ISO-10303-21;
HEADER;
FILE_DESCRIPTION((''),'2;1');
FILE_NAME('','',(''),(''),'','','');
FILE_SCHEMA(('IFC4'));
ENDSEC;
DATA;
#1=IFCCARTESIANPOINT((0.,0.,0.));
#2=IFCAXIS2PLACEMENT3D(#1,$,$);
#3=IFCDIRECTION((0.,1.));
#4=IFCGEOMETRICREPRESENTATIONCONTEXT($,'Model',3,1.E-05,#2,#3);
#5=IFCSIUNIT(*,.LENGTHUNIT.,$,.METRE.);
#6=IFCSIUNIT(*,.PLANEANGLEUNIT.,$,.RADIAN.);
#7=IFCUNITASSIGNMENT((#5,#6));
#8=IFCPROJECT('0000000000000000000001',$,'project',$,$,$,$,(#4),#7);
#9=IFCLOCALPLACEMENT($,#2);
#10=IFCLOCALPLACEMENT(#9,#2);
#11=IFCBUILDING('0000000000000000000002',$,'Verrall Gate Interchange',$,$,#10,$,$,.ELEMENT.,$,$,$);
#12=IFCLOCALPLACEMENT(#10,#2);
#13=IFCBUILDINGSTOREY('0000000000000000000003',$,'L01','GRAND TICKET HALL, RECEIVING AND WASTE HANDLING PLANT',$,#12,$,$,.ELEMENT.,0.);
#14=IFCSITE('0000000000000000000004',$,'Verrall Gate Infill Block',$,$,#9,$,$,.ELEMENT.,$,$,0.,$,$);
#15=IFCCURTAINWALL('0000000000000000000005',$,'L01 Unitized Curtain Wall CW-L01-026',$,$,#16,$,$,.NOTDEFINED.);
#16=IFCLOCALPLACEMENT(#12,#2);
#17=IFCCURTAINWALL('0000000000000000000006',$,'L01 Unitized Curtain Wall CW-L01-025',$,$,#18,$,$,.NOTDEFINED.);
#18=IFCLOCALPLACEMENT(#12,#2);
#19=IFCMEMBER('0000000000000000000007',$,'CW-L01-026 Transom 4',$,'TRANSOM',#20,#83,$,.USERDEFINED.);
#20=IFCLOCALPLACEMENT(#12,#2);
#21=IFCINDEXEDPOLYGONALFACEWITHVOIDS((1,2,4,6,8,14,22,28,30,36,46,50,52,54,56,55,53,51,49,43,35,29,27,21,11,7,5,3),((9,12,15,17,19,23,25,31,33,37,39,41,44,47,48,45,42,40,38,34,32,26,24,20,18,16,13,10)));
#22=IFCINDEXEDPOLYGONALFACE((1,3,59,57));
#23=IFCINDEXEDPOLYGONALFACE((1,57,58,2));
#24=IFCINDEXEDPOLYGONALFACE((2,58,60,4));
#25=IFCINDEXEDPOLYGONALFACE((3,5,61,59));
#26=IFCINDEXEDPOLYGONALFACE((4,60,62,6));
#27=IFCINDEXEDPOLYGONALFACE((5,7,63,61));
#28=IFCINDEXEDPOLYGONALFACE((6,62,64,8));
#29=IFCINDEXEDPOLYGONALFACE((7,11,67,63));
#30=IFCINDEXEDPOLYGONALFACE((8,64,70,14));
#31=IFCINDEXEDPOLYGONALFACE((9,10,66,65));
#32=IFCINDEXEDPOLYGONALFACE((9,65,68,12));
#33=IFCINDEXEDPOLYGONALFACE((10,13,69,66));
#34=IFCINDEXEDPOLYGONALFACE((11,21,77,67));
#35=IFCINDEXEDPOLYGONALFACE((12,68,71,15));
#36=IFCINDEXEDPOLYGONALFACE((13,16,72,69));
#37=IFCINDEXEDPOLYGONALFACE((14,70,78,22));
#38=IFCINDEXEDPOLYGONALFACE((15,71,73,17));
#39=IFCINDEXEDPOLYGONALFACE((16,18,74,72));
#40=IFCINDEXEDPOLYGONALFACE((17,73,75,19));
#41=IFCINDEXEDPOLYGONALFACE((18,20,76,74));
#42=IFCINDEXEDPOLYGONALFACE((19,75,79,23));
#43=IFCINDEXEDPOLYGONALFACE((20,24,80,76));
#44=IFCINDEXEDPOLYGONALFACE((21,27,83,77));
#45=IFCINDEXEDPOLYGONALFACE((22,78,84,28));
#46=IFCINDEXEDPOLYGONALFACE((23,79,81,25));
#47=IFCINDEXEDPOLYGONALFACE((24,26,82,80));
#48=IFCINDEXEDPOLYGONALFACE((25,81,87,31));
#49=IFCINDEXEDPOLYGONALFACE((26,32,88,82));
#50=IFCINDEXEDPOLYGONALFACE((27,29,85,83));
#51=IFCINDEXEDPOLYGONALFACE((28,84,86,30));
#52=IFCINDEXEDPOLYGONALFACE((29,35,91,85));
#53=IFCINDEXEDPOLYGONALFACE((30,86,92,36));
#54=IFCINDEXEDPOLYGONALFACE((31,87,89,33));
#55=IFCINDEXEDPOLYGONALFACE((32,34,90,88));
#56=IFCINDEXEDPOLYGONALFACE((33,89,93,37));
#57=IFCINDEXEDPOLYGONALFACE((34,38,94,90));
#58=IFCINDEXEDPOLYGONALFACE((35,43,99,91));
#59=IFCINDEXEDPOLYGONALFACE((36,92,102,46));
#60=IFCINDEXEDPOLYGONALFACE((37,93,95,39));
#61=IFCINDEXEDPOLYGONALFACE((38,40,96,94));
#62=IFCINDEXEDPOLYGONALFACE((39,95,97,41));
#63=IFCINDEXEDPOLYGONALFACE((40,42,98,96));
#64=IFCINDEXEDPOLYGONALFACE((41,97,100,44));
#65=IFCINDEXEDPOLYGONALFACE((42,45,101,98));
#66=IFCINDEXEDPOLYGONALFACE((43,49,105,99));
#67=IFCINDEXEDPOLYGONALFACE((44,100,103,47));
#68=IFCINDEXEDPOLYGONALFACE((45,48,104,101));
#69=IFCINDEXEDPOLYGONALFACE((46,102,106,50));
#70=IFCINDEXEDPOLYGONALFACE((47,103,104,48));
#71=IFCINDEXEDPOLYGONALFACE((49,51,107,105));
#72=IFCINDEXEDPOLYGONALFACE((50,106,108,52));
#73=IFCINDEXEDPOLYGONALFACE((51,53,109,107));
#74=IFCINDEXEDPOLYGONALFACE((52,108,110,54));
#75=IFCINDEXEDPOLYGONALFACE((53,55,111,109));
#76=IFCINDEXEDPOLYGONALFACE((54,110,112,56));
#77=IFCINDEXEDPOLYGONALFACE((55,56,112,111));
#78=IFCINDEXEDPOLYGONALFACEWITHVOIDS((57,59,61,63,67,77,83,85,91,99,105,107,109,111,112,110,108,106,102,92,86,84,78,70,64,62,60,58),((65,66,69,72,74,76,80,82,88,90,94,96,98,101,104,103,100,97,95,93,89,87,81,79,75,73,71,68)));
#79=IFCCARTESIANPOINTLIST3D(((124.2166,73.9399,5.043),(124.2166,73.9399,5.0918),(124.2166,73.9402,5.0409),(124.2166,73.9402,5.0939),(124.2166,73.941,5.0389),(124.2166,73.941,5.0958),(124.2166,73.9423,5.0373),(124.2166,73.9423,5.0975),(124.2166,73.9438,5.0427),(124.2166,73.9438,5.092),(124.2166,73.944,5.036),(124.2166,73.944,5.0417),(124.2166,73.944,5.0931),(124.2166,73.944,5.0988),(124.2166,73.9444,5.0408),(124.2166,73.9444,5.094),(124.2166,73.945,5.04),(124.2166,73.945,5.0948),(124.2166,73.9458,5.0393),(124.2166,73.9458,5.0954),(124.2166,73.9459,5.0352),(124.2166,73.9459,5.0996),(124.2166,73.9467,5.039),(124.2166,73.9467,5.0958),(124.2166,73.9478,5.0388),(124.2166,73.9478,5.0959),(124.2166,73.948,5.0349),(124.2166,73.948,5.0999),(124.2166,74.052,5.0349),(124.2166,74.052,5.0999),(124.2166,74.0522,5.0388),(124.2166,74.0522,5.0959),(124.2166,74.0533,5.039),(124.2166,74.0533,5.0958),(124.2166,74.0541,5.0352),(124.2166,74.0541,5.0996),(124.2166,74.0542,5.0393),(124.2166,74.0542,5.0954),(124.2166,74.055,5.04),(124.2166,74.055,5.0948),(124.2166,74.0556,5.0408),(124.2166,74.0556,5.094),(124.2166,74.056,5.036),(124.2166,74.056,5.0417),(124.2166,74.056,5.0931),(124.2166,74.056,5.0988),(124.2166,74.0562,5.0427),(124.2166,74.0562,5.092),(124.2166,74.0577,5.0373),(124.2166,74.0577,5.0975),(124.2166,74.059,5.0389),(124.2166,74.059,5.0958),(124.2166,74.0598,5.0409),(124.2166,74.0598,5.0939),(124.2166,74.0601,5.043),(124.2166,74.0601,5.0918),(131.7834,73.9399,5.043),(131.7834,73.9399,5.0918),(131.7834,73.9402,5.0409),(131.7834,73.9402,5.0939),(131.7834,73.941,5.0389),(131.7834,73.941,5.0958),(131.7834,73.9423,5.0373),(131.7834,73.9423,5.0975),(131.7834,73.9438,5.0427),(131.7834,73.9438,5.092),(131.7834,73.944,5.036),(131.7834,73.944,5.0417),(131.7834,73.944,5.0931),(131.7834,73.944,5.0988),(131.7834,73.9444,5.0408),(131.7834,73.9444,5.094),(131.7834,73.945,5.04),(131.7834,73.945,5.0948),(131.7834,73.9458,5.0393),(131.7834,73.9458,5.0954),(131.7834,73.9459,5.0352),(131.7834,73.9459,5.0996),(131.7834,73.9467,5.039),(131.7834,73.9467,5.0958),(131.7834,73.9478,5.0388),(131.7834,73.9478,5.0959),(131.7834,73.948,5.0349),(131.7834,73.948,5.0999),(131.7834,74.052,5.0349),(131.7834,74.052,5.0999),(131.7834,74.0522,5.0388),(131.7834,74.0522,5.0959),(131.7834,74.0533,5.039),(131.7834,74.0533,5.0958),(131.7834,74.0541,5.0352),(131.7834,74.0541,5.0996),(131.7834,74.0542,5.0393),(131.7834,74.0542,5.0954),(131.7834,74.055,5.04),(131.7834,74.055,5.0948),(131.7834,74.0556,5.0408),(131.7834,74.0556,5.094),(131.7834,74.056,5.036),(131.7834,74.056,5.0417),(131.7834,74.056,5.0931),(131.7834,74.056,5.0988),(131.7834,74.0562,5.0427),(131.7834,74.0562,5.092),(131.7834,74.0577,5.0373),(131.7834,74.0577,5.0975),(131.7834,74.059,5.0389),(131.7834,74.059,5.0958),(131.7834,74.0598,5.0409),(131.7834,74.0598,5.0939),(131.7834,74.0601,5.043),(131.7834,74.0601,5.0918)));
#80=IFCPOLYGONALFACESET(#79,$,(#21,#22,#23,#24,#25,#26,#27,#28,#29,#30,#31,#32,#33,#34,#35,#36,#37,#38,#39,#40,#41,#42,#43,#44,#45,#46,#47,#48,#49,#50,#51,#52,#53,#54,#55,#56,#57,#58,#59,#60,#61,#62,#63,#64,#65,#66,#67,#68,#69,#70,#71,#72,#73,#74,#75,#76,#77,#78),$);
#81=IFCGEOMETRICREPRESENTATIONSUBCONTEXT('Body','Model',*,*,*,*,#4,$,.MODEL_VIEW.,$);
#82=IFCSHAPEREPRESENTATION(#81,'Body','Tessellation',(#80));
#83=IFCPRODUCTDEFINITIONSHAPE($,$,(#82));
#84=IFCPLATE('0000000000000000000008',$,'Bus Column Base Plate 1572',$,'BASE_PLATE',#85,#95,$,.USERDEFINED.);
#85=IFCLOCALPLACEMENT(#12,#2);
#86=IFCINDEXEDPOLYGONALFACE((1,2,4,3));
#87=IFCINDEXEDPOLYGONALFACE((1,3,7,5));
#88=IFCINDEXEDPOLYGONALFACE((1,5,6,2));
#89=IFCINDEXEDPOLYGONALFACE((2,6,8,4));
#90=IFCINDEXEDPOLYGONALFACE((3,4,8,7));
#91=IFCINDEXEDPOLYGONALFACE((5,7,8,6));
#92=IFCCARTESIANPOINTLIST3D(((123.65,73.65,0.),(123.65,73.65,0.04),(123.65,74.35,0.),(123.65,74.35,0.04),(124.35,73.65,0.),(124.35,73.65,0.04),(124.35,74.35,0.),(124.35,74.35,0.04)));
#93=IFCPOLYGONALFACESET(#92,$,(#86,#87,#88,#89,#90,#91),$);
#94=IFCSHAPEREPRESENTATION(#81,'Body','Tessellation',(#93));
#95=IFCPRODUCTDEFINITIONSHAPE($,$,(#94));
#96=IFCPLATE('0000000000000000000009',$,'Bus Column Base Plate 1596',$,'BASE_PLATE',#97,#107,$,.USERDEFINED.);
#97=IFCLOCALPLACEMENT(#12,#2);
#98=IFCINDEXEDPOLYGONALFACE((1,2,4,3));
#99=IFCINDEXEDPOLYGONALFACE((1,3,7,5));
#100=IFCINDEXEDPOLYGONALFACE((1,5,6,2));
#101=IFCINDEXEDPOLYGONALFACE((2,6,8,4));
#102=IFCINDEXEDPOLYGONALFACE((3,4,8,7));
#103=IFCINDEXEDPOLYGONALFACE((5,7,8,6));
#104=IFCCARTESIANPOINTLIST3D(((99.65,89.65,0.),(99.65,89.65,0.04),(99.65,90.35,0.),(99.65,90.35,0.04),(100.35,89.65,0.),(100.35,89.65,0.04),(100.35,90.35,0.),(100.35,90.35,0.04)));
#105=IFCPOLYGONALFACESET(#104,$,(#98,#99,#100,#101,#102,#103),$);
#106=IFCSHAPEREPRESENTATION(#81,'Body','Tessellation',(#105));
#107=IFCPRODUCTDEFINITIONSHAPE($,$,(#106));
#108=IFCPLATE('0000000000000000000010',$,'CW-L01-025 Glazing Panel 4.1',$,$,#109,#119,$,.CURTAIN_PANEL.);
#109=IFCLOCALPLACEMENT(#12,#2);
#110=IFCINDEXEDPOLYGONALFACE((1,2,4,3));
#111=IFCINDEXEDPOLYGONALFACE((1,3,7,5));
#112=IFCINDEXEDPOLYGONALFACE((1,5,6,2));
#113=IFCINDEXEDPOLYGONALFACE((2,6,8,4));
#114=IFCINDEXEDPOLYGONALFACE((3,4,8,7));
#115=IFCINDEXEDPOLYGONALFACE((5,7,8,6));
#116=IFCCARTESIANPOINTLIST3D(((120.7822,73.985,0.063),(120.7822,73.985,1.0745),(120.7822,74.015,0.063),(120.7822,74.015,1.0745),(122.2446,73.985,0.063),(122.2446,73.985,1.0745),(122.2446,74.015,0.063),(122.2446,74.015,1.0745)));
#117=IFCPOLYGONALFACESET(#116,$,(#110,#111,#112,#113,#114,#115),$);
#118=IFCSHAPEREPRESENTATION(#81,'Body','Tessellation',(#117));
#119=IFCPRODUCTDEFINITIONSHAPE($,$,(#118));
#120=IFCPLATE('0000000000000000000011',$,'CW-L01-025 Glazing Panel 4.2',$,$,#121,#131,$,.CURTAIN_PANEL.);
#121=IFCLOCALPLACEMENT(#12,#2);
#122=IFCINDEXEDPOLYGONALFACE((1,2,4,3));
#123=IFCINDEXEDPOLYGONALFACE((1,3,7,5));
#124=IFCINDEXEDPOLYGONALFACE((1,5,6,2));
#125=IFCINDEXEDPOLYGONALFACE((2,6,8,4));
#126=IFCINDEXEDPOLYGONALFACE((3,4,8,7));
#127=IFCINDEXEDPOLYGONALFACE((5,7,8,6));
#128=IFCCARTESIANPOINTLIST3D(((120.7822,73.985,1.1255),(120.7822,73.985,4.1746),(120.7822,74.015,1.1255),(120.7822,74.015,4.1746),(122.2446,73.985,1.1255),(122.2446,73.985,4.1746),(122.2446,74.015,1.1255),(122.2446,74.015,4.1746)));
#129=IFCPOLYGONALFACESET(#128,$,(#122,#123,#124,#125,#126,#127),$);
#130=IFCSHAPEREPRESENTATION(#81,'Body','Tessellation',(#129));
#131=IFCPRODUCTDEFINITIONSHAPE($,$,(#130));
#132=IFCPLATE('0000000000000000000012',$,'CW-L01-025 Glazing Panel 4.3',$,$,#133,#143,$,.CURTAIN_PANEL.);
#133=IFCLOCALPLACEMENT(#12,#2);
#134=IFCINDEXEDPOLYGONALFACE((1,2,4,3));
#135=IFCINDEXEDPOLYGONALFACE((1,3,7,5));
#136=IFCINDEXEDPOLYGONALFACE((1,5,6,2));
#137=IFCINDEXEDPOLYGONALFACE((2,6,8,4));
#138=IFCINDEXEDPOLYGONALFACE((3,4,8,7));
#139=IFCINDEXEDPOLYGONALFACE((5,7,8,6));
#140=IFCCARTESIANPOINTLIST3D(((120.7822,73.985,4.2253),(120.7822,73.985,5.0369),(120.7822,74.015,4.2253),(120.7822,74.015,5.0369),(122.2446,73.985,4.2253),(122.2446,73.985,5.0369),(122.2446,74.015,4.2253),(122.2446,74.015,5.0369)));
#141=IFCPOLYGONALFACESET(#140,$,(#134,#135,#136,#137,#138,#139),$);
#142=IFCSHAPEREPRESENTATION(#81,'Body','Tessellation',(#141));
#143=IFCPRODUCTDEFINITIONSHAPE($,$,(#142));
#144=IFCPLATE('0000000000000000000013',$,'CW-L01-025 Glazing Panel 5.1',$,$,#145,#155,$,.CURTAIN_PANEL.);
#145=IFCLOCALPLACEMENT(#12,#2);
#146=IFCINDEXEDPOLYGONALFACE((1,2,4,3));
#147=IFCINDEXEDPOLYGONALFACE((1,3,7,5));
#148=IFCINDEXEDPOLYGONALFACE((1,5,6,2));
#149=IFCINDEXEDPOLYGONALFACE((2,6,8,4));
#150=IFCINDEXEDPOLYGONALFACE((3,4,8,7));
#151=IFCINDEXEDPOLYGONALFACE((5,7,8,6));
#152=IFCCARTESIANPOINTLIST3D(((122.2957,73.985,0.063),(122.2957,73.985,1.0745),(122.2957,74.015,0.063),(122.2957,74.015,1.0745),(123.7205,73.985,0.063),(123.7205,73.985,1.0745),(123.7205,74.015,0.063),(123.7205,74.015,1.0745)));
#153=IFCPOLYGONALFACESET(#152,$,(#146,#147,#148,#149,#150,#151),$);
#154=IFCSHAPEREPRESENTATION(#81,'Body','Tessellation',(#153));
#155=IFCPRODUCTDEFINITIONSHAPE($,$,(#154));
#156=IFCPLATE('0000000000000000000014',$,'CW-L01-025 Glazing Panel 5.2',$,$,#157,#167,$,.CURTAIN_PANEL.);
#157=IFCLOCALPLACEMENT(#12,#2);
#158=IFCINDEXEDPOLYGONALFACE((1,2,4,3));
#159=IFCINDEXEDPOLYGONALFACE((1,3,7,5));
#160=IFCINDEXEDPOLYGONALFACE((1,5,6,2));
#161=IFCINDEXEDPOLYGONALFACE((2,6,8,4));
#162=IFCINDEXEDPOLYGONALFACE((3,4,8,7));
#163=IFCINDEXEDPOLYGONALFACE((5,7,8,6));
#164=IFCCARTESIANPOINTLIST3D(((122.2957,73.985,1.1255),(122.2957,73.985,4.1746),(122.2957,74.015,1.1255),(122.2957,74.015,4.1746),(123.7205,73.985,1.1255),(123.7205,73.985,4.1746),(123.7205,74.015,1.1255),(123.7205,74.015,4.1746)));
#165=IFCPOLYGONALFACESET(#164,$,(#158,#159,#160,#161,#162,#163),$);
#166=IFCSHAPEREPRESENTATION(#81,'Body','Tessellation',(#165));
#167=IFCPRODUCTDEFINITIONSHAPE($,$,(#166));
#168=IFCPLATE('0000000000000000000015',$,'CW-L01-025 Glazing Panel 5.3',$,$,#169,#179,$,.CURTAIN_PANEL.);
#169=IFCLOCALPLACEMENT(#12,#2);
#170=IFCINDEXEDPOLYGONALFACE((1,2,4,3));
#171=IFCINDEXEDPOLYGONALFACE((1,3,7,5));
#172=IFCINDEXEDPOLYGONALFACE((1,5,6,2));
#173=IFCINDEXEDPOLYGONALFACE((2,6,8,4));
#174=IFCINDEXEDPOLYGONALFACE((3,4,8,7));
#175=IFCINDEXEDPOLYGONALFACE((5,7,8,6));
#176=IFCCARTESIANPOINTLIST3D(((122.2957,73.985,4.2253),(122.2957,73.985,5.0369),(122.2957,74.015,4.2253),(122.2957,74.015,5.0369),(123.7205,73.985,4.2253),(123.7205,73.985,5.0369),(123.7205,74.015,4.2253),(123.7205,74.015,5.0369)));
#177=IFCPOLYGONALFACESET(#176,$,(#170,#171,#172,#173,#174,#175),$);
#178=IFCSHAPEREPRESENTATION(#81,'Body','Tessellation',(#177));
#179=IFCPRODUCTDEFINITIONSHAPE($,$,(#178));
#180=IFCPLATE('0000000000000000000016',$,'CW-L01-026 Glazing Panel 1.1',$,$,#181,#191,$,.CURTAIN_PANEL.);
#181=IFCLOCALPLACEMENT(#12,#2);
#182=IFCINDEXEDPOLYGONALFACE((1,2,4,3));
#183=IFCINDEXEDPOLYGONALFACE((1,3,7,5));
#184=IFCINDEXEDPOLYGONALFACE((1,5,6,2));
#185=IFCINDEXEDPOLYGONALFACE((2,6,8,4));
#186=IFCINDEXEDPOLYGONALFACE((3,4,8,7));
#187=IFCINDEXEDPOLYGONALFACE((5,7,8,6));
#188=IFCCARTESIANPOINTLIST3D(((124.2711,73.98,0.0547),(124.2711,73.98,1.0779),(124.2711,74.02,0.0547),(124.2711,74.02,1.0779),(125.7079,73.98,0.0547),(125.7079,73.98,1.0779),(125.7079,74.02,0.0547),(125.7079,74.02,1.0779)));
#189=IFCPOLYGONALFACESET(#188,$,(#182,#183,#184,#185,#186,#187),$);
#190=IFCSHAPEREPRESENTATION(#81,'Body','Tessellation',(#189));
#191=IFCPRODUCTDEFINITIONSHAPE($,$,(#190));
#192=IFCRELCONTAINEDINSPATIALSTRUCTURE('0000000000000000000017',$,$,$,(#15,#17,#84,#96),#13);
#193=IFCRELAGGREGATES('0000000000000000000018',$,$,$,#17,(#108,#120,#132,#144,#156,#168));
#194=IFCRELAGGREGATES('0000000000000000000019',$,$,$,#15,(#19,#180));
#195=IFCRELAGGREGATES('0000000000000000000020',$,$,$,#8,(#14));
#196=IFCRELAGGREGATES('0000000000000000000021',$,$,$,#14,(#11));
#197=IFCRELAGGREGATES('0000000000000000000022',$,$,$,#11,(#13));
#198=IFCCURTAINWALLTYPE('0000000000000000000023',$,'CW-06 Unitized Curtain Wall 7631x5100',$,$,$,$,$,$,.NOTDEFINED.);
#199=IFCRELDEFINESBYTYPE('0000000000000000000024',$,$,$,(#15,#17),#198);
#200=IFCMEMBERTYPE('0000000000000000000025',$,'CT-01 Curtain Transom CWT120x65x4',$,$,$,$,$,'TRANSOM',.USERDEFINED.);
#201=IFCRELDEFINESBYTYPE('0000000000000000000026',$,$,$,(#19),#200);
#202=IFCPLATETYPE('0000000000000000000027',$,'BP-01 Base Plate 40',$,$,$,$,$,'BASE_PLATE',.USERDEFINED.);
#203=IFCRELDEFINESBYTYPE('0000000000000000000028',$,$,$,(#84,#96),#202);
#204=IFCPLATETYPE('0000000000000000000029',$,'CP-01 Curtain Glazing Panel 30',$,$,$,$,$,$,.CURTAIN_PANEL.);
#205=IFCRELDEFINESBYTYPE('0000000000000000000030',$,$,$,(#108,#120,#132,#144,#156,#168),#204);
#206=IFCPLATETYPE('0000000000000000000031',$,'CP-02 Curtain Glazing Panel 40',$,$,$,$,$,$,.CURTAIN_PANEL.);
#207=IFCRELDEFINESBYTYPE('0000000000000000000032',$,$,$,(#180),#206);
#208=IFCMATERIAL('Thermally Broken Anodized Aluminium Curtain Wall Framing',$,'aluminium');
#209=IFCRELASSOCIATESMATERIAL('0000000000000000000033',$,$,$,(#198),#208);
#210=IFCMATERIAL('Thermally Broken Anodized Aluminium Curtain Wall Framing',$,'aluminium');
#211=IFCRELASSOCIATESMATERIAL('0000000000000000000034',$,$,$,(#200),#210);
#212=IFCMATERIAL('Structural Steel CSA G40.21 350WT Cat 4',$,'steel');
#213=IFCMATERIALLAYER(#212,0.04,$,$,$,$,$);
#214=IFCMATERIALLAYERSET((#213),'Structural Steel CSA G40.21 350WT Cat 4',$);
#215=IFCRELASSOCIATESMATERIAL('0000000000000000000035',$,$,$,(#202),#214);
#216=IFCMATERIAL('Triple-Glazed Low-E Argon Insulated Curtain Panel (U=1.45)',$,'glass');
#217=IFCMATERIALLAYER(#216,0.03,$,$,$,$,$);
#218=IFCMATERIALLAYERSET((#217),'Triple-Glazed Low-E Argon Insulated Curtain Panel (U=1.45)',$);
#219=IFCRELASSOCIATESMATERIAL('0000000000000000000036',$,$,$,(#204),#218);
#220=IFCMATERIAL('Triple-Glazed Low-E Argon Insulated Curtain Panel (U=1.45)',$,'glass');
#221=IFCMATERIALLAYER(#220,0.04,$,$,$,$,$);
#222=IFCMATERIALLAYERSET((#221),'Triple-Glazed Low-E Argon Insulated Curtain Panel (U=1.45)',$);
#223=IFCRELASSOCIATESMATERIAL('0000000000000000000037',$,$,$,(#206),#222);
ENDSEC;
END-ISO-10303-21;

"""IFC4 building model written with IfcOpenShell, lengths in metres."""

from ifc_helpers import new_model, si_unit, direction, frame, origin, origin_2d, place, context, subcontext, project, spatial, rectangle, hollow_rectangle, extrude, material, layer, layer_set, material_profile, profile_set, type_object, element, aggregate, save


model = new_model("IFC4")

# Units and contexts
model_context = context("Model", 3, precision=1e-05, world=origin(), true_north=direction((0.0, 1.0)))
body_context = subcontext(model_context, "Body", "Model", "MODEL_VIEW")
ifc_project = project(units=[si_unit("LENGTHUNIT", "METRE"), si_unit("PLANEANGLEUNIT", "RADIAN")], contexts=[model_context])

# Site, building, storey
site_placement = place(None, origin())
site = spatial("IfcSite", under=ifc_project, at=site_placement, Name="Verrall Gate Infill Block", CompositionType="ELEMENT", RefElevation=0.0)
building_placement = place(site_placement, origin())
building = spatial("IfcBuilding", under=site, at=building_placement, Name="Verrall Gate Interchange", CompositionType="ELEMENT")
storey_placement = place(building_placement, origin())
storey = spatial("IfcBuildingStorey", under=building, at=storey_placement, Name="L01", Description="GRAND TICKET HALL, RECEIVING AND WASTE HANDLING PLANT", CompositionType="ELEMENT", Elevation=0.0)

# Curtain walls
ifc_material_1 = material(Name="Thermally Broken Anodized Aluminium Curtain Wall Framing", Category="aluminium")
curtain_wall_type = type_object("IfcCurtainWallType", Name="CW-06 Unitized Curtain Wall 7631x5100", PredefinedType="NOTDEFINED", material=ifc_material_1)
curtain_wall_1_placement = place(storey_placement, origin())
curtain_wall_1 = element("IfcCurtainWall", 1, at=curtain_wall_1_placement, inside=storey, type_object=curtain_wall_type, Name="L01 Unitized Curtain Wall CW-L01-026", PredefinedType="NOTDEFINED")
curtain_wall_2_placement = place(storey_placement, origin())
curtain_wall_2 = element("IfcCurtainWall", 2, at=curtain_wall_2_placement, inside=storey, type_object=curtain_wall_type, Name="L01 Unitized Curtain Wall CW-L01-025", PredefinedType="NOTDEFINED")

# Member
ifc_material_2 = material(Name="Thermally Broken Anodized Aluminium Curtain Wall Framing", Category="aluminium")
ifc_material_profile_1 = material_profile(ifc_material_2, hollow_rectangle(XDim=0.1201, YDim=0.0649, WallThickness=0.0039, InnerFilletRadius=0.0039, OuterFilletRadius=0.0081, at=origin_2d()), Name="CWT120x65x4")
ifc_profile_set_1 = profile_set([ifc_material_profile_1], Name="Thermally Broken Anodized Aluminium Curtain Wall Framing")
member_type_1 = type_object("IfcMemberType", Name="CT-01 Curtain Transom CWT120x65x4", ElementType="TRANSOM", PredefinedType="USERDEFINED", material=ifc_profile_set_1)
member_1_placement = place(storey_placement, frame((124.2166, 74.0, 5.0674), z_axis=(1.0, 0.0, 0.0), x_axis=(0.0, 1.0, 0.0)))
member_1 = element("IfcMember", 3, at=member_1_placement, type_object=member_type_1, Name="CW-L01-026 Transom 4", ObjectType="TRANSOM", PredefinedType="USERDEFINED", context=body_context, shape_type="SweptSolid", body=[
    extrude(hollow_rectangle(XDim=0.1201, YDim=0.0649, WallThickness=0.0039, InnerFilletRadius=0.0039, OuterFilletRadius=0.0081, at=origin_2d()), origin(), (0.0, 0.0, 1.0), 7.5669),
])

# Plates
ifc_material_3 = material(Name="Structural Steel CSA G40.21 350WT Cat 4", Category="steel")
ifc_layer_1 = layer(ifc_material_3, 0.04)
ifc_layer_set_1 = layer_set([ifc_layer_1], Name="Structural Steel CSA G40.21 350WT Cat 4")
plate_type_1 = type_object("IfcPlateType", Name="BP-01 Base Plate 40", ElementType="BASE_PLATE", PredefinedType="USERDEFINED", material=ifc_layer_set_1)
for number, where, z_axis, x_axis, name in (
    (4, (124.0, 74.0, 0.0), (0.0, 0.0, 1.0), (1.0, 0.0, 0.0), "Bus Column Base Plate 1572"),
    (5, (100.0, 90.0, 0.0), (0.0, 0.0, 1.0), (1.0, 0.0, 0.0), "Bus Column Base Plate 1596"),
):
    element("IfcPlate", number, at=place(storey_placement, frame(where, z_axis=z_axis, x_axis=x_axis)), inside=storey, type_object=plate_type_1, Name=name, ObjectType="BASE_PLATE", PredefinedType="USERDEFINED", context=body_context, shape_type="SweptSolid", body=[
        extrude(rectangle(XDim=0.7, YDim=0.7, at=origin_2d()), origin(), (0.0, 0.0, 1.0), 0.04),
    ])

# Plates
ifc_material_4 = material(Name="Triple-Glazed Low-E Argon Insulated Curtain Panel (U=1.45)", Category="glass")
ifc_layer_2 = layer(ifc_material_4, 0.03)
ifc_layer_set_2 = layer_set([ifc_layer_2], Name="Triple-Glazed Low-E Argon Insulated Curtain Panel (U=1.45)")
plate_type_2 = type_object("IfcPlateType", Name="CP-01 Curtain Glazing Panel 30", PredefinedType="CURTAIN_PANEL", material=ifc_layer_set_2)
plate_1_placement = place(storey_placement, frame((121.5134, 74.0, 0.063), z_axis=(0.0, 0.0, 1.0), x_axis=(1.0, 0.0, 0.0)))
plate_1 = element("IfcPlate", 6, at=plate_1_placement, type_object=plate_type_2, Name="CW-L01-025 Glazing Panel 4.1", PredefinedType="CURTAIN_PANEL", context=body_context, shape_type="SweptSolid", body=[
    extrude(rectangle(XDim=1.4624, YDim=0.03, at=origin_2d()), origin(), (0.0, 0.0, 1.0), 1.0115),
])
plate_2_placement = place(storey_placement, frame((121.5134, 74.0, 1.1255), z_axis=(0.0, 0.0, 1.0), x_axis=(1.0, 0.0, 0.0)))
plate_2 = element("IfcPlate", 7, at=plate_2_placement, type_object=plate_type_2, Name="CW-L01-025 Glazing Panel 4.2", PredefinedType="CURTAIN_PANEL", context=body_context, shape_type="SweptSolid", body=[
    extrude(rectangle(XDim=1.4624, YDim=0.03, at=origin_2d()), origin(), (0.0, 0.0, 1.0), 3.0491),
])
plate_3_placement = place(storey_placement, frame((121.5134, 74.0, 4.2253), z_axis=(0.0, 0.0, 1.0), x_axis=(1.0, 0.0, 0.0)))
plate_3 = element("IfcPlate", 8, at=plate_3_placement, type_object=plate_type_2, Name="CW-L01-025 Glazing Panel 4.3", PredefinedType="CURTAIN_PANEL", context=body_context, shape_type="SweptSolid", body=[
    extrude(rectangle(XDim=1.4624, YDim=0.03, at=origin_2d()), origin(), (0.0, 0.0, 1.0), 0.8115),
])
plate_4_placement = place(storey_placement, frame((123.0081, 74.0, 0.063), z_axis=(0.0, 0.0, 1.0), x_axis=(1.0, 0.0, 0.0)))
plate_4 = element("IfcPlate", 9, at=plate_4_placement, type_object=plate_type_2, Name="CW-L01-025 Glazing Panel 5.1", PredefinedType="CURTAIN_PANEL", context=body_context, shape_type="SweptSolid", body=[
    extrude(rectangle(XDim=1.4248, YDim=0.03, at=origin_2d()), origin(), (0.0, 0.0, 1.0), 1.0115),
])
plate_5_placement = place(storey_placement, frame((123.0081, 74.0, 1.1255), z_axis=(0.0, 0.0, 1.0), x_axis=(1.0, 0.0, 0.0)))
plate_5 = element("IfcPlate", 10, at=plate_5_placement, type_object=plate_type_2, Name="CW-L01-025 Glazing Panel 5.2", PredefinedType="CURTAIN_PANEL", context=body_context, shape_type="SweptSolid", body=[
    extrude(rectangle(XDim=1.4248, YDim=0.03, at=origin_2d()), origin(), (0.0, 0.0, 1.0), 3.0491),
])
plate_6_placement = place(storey_placement, frame((123.0081, 74.0, 4.2253), z_axis=(0.0, 0.0, 1.0), x_axis=(1.0, 0.0, 0.0)))
plate_6 = element("IfcPlate", 11, at=plate_6_placement, type_object=plate_type_2, Name="CW-L01-025 Glazing Panel 5.3", PredefinedType="CURTAIN_PANEL", context=body_context, shape_type="SweptSolid", body=[
    extrude(rectangle(XDim=1.4248, YDim=0.03, at=origin_2d()), origin(), (0.0, 0.0, 1.0), 0.8115),
])
aggregate(curtain_wall_2, [plate_1, plate_2, plate_3, plate_4, plate_5, plate_6])
ifc_material_5 = material(Name="Triple-Glazed Low-E Argon Insulated Curtain Panel (U=1.45)", Category="glass")
ifc_layer_3 = layer(ifc_material_5, 0.04)
ifc_layer_set_3 = layer_set([ifc_layer_3], Name="Triple-Glazed Low-E Argon Insulated Curtain Panel (U=1.45)")
plate_type_3 = type_object("IfcPlateType", Name="CP-02 Curtain Glazing Panel 40", PredefinedType="CURTAIN_PANEL", material=ifc_layer_set_3)
plate_7_placement = place(storey_placement, frame((124.9895, 74.0, 0.0547), z_axis=(0.0, 0.0, 1.0), x_axis=(1.0, 0.0, 0.0)))
plate_7 = element("IfcPlate", 12, at=plate_7_placement, type_object=plate_type_3, Name="CW-L01-026 Glazing Panel 1.1", PredefinedType="CURTAIN_PANEL", context=body_context, shape_type="SweptSolid", body=[
    extrude(rectangle(XDim=1.4368, YDim=0.04, at=origin_2d()), origin(), (0.0, 0.0, 1.0), 1.0232),
])
aggregate(curtain_wall_1, [member_1, plate_7])

save(model, "model.ifc")
